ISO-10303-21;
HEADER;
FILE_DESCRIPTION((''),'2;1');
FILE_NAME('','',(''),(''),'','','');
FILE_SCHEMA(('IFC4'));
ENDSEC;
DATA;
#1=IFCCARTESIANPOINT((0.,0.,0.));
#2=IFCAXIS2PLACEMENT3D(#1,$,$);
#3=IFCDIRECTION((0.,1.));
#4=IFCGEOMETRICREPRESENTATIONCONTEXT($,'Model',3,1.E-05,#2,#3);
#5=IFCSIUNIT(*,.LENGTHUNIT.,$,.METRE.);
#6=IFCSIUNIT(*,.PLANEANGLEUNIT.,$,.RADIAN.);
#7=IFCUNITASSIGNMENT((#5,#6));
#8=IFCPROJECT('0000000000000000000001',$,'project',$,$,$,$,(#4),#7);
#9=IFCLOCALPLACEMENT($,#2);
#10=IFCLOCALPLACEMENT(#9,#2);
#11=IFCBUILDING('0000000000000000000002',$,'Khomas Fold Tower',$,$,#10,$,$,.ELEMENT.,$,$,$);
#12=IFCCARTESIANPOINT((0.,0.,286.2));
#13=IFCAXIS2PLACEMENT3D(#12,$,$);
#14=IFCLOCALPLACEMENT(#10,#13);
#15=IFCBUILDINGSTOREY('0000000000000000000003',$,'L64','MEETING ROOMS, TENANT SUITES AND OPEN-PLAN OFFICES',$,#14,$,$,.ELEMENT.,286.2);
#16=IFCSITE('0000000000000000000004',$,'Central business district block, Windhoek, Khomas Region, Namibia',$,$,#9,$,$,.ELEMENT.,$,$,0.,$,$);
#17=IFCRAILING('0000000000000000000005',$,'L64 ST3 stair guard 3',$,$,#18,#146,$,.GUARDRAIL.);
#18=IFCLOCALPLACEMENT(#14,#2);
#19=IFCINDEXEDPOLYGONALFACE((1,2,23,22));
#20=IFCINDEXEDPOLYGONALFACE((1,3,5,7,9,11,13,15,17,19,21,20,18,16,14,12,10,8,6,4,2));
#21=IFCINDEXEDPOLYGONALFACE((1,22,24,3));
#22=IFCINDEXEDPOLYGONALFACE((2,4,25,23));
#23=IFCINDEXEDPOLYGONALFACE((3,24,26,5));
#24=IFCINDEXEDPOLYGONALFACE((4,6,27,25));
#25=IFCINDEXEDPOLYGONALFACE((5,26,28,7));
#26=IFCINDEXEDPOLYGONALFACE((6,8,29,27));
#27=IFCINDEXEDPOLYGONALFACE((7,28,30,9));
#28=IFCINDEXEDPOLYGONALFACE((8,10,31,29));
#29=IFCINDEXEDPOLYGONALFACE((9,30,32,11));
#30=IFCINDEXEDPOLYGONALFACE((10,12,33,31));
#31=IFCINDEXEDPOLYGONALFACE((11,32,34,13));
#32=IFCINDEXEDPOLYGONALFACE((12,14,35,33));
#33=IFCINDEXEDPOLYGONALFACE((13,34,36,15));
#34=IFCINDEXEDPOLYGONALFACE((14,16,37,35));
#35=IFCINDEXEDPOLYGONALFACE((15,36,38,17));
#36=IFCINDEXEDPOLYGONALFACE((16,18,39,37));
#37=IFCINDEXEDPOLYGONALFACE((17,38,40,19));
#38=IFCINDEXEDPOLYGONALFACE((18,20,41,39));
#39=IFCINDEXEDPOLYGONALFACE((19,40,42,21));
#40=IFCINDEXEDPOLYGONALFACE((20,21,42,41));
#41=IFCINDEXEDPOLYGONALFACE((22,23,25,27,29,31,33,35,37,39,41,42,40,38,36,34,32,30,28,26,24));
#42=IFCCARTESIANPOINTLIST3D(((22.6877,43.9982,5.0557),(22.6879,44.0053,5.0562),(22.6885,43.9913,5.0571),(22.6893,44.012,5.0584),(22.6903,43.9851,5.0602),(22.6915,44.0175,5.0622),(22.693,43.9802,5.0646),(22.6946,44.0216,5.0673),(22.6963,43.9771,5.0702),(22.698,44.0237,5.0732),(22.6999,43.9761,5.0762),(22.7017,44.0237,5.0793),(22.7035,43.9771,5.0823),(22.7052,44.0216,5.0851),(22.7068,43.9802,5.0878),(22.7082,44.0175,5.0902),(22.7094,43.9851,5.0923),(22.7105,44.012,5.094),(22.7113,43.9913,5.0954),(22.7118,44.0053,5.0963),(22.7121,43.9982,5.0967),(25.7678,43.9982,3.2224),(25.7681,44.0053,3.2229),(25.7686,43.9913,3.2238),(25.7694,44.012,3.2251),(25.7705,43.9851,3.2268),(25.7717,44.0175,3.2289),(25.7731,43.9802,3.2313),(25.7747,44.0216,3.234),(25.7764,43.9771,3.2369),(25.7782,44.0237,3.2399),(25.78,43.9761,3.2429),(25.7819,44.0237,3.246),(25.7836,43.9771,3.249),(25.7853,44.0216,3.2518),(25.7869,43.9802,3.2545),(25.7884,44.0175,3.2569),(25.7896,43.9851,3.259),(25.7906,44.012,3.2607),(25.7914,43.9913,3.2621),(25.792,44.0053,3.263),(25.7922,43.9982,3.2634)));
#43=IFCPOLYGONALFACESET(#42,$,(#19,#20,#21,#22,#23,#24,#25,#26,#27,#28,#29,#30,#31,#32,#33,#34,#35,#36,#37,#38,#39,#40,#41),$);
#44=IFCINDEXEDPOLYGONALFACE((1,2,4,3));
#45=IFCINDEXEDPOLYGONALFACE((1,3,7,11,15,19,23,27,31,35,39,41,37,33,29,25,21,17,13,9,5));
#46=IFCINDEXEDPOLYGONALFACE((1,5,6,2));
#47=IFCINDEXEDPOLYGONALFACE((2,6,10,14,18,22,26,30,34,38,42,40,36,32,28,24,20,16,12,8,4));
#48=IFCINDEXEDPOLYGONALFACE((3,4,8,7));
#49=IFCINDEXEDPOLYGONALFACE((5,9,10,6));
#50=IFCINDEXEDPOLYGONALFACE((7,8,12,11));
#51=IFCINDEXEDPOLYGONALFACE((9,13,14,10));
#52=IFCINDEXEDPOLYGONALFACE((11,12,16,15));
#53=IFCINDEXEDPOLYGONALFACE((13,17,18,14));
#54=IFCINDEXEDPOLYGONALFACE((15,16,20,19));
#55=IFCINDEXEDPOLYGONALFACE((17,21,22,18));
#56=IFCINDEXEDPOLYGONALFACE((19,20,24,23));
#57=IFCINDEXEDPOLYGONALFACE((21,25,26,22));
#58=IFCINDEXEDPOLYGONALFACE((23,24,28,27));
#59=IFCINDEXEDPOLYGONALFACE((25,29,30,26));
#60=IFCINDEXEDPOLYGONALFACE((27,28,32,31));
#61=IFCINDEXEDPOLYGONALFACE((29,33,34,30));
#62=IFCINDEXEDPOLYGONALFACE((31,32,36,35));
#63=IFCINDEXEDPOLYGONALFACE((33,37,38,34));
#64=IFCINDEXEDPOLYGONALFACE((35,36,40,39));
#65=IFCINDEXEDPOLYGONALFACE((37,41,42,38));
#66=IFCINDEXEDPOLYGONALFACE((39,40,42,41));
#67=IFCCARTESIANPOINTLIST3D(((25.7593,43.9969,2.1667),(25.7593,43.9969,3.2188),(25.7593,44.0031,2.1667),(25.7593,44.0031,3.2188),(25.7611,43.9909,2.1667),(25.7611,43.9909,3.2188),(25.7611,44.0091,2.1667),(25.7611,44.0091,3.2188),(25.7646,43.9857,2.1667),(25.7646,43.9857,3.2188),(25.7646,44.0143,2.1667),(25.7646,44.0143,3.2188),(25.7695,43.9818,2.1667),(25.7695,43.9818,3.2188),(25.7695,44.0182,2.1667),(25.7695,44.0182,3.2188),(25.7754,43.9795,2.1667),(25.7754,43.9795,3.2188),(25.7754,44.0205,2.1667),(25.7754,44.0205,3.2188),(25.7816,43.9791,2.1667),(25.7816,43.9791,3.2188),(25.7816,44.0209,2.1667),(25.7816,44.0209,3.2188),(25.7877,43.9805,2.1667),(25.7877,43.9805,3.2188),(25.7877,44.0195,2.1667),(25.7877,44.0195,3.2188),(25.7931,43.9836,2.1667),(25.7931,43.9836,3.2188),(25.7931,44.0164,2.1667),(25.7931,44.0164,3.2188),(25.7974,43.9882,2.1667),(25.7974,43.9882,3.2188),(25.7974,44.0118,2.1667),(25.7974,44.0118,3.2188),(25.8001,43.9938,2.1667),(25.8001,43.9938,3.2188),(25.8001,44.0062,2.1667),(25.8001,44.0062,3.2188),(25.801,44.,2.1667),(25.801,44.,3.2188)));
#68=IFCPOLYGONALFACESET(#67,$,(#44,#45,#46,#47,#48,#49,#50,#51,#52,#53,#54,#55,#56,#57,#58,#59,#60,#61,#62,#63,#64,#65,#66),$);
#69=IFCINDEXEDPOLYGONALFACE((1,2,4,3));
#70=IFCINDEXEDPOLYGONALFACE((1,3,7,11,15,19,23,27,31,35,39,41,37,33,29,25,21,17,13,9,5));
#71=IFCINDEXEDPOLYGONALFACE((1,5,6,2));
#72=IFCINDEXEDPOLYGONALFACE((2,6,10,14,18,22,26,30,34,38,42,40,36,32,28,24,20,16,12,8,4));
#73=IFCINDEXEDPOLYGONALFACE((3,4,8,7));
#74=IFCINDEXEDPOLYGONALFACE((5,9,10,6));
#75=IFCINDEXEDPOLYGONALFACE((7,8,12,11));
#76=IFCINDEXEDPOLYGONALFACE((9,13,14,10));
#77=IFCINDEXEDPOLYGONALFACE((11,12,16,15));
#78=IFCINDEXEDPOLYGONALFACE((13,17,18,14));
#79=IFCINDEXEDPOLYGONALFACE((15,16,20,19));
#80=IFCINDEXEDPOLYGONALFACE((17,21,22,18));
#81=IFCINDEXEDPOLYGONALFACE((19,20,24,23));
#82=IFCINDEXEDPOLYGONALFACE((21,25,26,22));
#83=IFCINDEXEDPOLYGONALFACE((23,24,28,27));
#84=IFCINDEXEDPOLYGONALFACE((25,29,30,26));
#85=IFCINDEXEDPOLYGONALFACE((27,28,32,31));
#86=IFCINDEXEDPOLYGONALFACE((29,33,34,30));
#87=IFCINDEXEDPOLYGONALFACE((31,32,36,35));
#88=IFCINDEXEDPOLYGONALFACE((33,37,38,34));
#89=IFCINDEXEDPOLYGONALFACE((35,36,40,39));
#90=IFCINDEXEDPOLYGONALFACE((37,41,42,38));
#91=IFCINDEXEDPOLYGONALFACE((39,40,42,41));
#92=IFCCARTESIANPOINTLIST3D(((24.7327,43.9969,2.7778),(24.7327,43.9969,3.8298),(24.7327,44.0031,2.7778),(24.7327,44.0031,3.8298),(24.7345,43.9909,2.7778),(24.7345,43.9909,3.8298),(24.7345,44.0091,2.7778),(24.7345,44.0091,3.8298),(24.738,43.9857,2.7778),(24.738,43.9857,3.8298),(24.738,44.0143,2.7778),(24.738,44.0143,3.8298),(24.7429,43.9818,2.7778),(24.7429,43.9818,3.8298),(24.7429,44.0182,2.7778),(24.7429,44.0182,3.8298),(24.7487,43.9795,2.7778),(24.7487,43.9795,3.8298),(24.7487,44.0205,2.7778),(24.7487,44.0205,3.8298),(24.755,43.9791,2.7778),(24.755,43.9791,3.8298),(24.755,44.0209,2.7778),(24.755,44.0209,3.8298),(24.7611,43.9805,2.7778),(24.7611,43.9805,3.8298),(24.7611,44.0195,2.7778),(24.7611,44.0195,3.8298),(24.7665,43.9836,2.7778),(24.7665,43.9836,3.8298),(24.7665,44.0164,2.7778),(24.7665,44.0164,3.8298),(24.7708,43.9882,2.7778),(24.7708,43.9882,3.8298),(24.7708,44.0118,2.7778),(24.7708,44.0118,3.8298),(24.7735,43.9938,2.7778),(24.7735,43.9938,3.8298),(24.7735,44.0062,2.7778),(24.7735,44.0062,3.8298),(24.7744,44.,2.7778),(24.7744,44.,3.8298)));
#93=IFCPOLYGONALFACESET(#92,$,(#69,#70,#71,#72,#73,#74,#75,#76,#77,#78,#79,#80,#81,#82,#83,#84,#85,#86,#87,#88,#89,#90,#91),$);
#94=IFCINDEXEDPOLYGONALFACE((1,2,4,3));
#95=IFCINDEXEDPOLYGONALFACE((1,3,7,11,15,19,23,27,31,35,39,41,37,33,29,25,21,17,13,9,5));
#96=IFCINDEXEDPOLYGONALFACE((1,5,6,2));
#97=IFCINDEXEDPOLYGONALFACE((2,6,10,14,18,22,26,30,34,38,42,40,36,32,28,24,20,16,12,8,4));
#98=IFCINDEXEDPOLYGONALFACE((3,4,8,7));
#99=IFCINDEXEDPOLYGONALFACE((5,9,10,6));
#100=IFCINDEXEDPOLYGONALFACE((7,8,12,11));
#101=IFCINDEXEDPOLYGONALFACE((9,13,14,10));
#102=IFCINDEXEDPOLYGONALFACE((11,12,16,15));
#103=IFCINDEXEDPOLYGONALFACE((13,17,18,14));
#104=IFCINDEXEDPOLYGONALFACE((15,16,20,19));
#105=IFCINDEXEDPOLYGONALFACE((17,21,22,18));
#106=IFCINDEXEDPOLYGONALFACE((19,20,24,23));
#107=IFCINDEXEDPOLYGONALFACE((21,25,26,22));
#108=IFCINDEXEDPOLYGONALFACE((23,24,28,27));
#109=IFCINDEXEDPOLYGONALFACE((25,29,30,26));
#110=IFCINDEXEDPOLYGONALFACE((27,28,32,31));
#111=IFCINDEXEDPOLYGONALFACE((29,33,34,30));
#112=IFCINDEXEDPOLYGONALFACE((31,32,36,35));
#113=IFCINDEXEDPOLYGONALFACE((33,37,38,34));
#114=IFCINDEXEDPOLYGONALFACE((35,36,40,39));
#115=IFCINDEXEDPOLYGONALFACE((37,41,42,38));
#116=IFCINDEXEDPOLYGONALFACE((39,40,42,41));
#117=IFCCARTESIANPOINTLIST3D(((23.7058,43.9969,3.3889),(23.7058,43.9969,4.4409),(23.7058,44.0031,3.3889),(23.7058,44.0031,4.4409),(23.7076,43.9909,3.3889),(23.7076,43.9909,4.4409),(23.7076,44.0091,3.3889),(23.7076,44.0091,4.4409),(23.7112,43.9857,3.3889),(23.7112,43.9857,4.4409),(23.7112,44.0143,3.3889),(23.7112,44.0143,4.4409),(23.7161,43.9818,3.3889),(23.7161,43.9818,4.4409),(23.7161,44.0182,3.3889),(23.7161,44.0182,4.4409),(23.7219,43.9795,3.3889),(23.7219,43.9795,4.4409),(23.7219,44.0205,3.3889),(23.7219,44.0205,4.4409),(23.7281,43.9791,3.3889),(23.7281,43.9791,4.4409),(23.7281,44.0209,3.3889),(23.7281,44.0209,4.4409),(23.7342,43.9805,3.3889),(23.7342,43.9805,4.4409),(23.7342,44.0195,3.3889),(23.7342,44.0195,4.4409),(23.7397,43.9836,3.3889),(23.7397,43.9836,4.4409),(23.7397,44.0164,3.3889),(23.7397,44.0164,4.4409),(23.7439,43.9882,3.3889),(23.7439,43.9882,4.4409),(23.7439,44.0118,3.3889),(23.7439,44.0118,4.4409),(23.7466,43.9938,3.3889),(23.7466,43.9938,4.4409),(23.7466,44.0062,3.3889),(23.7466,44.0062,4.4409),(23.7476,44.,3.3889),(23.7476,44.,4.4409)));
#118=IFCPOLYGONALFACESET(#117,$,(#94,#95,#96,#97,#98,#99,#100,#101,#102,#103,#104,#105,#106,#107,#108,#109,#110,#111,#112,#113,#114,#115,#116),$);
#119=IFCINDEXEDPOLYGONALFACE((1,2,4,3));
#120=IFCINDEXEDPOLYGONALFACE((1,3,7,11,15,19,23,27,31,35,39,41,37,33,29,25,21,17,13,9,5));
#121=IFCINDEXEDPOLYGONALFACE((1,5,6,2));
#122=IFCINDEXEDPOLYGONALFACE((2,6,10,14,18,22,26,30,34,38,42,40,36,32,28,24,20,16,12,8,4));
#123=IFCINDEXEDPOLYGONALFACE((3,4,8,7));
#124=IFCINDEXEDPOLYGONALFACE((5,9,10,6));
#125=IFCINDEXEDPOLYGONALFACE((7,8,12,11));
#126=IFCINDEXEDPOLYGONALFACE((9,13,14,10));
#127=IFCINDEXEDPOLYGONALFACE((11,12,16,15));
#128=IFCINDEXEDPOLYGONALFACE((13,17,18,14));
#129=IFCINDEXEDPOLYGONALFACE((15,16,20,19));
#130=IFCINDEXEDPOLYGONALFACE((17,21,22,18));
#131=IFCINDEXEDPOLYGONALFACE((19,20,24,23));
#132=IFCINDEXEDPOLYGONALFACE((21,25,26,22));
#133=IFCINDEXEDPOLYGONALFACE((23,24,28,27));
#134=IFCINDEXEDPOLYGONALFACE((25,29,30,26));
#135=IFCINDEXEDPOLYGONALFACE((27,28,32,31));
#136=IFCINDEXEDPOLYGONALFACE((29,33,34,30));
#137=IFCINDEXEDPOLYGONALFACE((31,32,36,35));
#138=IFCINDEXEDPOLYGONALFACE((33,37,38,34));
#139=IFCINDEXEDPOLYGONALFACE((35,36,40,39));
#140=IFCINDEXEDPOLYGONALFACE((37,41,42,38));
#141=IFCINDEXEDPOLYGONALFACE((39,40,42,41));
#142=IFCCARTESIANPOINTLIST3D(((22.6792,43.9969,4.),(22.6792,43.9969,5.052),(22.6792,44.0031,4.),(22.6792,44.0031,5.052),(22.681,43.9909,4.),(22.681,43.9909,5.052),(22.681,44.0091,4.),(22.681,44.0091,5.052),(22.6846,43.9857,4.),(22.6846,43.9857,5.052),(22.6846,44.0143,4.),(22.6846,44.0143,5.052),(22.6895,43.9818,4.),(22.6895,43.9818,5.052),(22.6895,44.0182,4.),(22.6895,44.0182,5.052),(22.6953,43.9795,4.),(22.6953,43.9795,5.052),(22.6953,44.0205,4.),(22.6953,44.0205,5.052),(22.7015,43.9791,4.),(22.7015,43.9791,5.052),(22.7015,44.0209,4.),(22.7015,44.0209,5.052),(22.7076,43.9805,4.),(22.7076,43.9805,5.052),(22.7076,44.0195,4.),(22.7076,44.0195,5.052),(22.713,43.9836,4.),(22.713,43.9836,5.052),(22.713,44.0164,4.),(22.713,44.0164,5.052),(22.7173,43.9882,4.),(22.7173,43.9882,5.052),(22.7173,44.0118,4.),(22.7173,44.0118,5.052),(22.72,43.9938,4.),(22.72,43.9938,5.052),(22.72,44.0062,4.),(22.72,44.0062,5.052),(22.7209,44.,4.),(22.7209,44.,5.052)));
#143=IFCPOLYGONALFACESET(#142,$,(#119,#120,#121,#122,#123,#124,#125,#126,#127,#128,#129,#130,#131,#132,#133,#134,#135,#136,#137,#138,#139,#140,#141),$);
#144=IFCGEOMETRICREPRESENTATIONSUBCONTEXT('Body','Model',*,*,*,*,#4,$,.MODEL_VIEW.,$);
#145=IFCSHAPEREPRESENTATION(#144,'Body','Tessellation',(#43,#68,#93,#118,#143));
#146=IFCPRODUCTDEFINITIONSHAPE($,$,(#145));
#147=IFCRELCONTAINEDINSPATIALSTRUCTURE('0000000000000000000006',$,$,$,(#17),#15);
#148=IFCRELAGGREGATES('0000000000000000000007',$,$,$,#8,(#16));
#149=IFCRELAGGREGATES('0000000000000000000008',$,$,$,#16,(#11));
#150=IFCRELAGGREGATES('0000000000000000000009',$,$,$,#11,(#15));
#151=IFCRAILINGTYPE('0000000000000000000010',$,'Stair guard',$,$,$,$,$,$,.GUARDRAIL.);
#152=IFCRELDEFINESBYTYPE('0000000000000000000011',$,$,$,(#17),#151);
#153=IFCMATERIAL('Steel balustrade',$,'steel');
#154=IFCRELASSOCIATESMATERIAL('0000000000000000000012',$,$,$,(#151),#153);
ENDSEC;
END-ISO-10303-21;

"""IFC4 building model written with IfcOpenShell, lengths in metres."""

from ifc_helpers import new_model, si_unit, direction, frame, origin, origin_2d, place, context, subcontext, project, spatial, circle, extrude, source, transform, mapped, material, type_object, element, save


model = new_model("IFC4")

# Units and contexts
model_context = context("Model", 3, precision=1e-05, world=origin(), true_north=direction((0.0, 1.0)))
body_context = subcontext(model_context, "Body", "Model", "MODEL_VIEW")
ifc_project = project(units=[si_unit("LENGTHUNIT", "METRE"), si_unit("PLANEANGLEUNIT", "RADIAN")], contexts=[model_context])

# Site, building, storey
site_placement = place(None, origin())
site = spatial("IfcSite", under=ifc_project, at=site_placement, Name="Central business district block, Windhoek, Khomas Region, Namibia", CompositionType="ELEMENT", RefElevation=0.0)
building_placement = place(site_placement, origin())
building = spatial("IfcBuilding", under=site, at=building_placement, Name="Khomas Fold Tower", CompositionType="ELEMENT")
storey_placement = place(building_placement, frame((0.0, 0.0, 286.2)))
storey = spatial("IfcBuildingStorey", under=building, at=storey_placement, Name="L64", Description="MEETING ROOMS, TENANT SUITES AND OPEN-PLAN OFFICES", CompositionType="ELEMENT", Elevation=286.2)

# Railing
ifc_material_1 = material(Name="Steel balustrade", Category="steel")
railing_type_1 = type_object("IfcRailingType", Name="Stair guard", PredefinedType="GUARDRAIL", material=ifc_material_1)
shared_shape_1 = source(origin(), body_context, "Body", "SweptSolid", [
    extrude(circle(Radius=0.0239, at=origin_2d()), frame((0.0, 0.0, 1.0762), z_axis=(-0.859309, 0.0, 0.511458), x_axis=(0.0, -1.0, 0.0)), (0.0, 0.0, 1.0), 3.5845),
    extrude(circle(Radius=0.021, at=origin_2d()), origin(), (0.0, 0.0, 1.0), 1.052),
    extrude(circle(Radius=0.021, at=origin_2d()), frame((-1.0266, 0.0, 0.6111)), (0.0, 0.0, 1.0), 1.052),
    extrude(circle(Radius=0.021, at=origin_2d()), frame((-2.0535, 0.0, 1.2222)), (0.0, 0.0, 1.0), 1.052),
    extrude(circle(Radius=0.021, at=origin_2d()), frame((-3.0801, 0.0, 1.8333)), (0.0, 0.0, 1.0), 1.052),
])
railing_1_placement = place(storey_placement, frame((25.78, 44.0, 2.1667)))
element("IfcRailing", 1, at=railing_1_placement, inside=storey, type_object=railing_type_1, Name="L64 ST3 stair guard 3", PredefinedType="GUARDRAIL", context=body_context, shape_type="MappedRepresentation", body=[
    mapped(shared_shape_1, transform((0.0, 0.0, 0.0))),
])

save(model, "model.ifc")
